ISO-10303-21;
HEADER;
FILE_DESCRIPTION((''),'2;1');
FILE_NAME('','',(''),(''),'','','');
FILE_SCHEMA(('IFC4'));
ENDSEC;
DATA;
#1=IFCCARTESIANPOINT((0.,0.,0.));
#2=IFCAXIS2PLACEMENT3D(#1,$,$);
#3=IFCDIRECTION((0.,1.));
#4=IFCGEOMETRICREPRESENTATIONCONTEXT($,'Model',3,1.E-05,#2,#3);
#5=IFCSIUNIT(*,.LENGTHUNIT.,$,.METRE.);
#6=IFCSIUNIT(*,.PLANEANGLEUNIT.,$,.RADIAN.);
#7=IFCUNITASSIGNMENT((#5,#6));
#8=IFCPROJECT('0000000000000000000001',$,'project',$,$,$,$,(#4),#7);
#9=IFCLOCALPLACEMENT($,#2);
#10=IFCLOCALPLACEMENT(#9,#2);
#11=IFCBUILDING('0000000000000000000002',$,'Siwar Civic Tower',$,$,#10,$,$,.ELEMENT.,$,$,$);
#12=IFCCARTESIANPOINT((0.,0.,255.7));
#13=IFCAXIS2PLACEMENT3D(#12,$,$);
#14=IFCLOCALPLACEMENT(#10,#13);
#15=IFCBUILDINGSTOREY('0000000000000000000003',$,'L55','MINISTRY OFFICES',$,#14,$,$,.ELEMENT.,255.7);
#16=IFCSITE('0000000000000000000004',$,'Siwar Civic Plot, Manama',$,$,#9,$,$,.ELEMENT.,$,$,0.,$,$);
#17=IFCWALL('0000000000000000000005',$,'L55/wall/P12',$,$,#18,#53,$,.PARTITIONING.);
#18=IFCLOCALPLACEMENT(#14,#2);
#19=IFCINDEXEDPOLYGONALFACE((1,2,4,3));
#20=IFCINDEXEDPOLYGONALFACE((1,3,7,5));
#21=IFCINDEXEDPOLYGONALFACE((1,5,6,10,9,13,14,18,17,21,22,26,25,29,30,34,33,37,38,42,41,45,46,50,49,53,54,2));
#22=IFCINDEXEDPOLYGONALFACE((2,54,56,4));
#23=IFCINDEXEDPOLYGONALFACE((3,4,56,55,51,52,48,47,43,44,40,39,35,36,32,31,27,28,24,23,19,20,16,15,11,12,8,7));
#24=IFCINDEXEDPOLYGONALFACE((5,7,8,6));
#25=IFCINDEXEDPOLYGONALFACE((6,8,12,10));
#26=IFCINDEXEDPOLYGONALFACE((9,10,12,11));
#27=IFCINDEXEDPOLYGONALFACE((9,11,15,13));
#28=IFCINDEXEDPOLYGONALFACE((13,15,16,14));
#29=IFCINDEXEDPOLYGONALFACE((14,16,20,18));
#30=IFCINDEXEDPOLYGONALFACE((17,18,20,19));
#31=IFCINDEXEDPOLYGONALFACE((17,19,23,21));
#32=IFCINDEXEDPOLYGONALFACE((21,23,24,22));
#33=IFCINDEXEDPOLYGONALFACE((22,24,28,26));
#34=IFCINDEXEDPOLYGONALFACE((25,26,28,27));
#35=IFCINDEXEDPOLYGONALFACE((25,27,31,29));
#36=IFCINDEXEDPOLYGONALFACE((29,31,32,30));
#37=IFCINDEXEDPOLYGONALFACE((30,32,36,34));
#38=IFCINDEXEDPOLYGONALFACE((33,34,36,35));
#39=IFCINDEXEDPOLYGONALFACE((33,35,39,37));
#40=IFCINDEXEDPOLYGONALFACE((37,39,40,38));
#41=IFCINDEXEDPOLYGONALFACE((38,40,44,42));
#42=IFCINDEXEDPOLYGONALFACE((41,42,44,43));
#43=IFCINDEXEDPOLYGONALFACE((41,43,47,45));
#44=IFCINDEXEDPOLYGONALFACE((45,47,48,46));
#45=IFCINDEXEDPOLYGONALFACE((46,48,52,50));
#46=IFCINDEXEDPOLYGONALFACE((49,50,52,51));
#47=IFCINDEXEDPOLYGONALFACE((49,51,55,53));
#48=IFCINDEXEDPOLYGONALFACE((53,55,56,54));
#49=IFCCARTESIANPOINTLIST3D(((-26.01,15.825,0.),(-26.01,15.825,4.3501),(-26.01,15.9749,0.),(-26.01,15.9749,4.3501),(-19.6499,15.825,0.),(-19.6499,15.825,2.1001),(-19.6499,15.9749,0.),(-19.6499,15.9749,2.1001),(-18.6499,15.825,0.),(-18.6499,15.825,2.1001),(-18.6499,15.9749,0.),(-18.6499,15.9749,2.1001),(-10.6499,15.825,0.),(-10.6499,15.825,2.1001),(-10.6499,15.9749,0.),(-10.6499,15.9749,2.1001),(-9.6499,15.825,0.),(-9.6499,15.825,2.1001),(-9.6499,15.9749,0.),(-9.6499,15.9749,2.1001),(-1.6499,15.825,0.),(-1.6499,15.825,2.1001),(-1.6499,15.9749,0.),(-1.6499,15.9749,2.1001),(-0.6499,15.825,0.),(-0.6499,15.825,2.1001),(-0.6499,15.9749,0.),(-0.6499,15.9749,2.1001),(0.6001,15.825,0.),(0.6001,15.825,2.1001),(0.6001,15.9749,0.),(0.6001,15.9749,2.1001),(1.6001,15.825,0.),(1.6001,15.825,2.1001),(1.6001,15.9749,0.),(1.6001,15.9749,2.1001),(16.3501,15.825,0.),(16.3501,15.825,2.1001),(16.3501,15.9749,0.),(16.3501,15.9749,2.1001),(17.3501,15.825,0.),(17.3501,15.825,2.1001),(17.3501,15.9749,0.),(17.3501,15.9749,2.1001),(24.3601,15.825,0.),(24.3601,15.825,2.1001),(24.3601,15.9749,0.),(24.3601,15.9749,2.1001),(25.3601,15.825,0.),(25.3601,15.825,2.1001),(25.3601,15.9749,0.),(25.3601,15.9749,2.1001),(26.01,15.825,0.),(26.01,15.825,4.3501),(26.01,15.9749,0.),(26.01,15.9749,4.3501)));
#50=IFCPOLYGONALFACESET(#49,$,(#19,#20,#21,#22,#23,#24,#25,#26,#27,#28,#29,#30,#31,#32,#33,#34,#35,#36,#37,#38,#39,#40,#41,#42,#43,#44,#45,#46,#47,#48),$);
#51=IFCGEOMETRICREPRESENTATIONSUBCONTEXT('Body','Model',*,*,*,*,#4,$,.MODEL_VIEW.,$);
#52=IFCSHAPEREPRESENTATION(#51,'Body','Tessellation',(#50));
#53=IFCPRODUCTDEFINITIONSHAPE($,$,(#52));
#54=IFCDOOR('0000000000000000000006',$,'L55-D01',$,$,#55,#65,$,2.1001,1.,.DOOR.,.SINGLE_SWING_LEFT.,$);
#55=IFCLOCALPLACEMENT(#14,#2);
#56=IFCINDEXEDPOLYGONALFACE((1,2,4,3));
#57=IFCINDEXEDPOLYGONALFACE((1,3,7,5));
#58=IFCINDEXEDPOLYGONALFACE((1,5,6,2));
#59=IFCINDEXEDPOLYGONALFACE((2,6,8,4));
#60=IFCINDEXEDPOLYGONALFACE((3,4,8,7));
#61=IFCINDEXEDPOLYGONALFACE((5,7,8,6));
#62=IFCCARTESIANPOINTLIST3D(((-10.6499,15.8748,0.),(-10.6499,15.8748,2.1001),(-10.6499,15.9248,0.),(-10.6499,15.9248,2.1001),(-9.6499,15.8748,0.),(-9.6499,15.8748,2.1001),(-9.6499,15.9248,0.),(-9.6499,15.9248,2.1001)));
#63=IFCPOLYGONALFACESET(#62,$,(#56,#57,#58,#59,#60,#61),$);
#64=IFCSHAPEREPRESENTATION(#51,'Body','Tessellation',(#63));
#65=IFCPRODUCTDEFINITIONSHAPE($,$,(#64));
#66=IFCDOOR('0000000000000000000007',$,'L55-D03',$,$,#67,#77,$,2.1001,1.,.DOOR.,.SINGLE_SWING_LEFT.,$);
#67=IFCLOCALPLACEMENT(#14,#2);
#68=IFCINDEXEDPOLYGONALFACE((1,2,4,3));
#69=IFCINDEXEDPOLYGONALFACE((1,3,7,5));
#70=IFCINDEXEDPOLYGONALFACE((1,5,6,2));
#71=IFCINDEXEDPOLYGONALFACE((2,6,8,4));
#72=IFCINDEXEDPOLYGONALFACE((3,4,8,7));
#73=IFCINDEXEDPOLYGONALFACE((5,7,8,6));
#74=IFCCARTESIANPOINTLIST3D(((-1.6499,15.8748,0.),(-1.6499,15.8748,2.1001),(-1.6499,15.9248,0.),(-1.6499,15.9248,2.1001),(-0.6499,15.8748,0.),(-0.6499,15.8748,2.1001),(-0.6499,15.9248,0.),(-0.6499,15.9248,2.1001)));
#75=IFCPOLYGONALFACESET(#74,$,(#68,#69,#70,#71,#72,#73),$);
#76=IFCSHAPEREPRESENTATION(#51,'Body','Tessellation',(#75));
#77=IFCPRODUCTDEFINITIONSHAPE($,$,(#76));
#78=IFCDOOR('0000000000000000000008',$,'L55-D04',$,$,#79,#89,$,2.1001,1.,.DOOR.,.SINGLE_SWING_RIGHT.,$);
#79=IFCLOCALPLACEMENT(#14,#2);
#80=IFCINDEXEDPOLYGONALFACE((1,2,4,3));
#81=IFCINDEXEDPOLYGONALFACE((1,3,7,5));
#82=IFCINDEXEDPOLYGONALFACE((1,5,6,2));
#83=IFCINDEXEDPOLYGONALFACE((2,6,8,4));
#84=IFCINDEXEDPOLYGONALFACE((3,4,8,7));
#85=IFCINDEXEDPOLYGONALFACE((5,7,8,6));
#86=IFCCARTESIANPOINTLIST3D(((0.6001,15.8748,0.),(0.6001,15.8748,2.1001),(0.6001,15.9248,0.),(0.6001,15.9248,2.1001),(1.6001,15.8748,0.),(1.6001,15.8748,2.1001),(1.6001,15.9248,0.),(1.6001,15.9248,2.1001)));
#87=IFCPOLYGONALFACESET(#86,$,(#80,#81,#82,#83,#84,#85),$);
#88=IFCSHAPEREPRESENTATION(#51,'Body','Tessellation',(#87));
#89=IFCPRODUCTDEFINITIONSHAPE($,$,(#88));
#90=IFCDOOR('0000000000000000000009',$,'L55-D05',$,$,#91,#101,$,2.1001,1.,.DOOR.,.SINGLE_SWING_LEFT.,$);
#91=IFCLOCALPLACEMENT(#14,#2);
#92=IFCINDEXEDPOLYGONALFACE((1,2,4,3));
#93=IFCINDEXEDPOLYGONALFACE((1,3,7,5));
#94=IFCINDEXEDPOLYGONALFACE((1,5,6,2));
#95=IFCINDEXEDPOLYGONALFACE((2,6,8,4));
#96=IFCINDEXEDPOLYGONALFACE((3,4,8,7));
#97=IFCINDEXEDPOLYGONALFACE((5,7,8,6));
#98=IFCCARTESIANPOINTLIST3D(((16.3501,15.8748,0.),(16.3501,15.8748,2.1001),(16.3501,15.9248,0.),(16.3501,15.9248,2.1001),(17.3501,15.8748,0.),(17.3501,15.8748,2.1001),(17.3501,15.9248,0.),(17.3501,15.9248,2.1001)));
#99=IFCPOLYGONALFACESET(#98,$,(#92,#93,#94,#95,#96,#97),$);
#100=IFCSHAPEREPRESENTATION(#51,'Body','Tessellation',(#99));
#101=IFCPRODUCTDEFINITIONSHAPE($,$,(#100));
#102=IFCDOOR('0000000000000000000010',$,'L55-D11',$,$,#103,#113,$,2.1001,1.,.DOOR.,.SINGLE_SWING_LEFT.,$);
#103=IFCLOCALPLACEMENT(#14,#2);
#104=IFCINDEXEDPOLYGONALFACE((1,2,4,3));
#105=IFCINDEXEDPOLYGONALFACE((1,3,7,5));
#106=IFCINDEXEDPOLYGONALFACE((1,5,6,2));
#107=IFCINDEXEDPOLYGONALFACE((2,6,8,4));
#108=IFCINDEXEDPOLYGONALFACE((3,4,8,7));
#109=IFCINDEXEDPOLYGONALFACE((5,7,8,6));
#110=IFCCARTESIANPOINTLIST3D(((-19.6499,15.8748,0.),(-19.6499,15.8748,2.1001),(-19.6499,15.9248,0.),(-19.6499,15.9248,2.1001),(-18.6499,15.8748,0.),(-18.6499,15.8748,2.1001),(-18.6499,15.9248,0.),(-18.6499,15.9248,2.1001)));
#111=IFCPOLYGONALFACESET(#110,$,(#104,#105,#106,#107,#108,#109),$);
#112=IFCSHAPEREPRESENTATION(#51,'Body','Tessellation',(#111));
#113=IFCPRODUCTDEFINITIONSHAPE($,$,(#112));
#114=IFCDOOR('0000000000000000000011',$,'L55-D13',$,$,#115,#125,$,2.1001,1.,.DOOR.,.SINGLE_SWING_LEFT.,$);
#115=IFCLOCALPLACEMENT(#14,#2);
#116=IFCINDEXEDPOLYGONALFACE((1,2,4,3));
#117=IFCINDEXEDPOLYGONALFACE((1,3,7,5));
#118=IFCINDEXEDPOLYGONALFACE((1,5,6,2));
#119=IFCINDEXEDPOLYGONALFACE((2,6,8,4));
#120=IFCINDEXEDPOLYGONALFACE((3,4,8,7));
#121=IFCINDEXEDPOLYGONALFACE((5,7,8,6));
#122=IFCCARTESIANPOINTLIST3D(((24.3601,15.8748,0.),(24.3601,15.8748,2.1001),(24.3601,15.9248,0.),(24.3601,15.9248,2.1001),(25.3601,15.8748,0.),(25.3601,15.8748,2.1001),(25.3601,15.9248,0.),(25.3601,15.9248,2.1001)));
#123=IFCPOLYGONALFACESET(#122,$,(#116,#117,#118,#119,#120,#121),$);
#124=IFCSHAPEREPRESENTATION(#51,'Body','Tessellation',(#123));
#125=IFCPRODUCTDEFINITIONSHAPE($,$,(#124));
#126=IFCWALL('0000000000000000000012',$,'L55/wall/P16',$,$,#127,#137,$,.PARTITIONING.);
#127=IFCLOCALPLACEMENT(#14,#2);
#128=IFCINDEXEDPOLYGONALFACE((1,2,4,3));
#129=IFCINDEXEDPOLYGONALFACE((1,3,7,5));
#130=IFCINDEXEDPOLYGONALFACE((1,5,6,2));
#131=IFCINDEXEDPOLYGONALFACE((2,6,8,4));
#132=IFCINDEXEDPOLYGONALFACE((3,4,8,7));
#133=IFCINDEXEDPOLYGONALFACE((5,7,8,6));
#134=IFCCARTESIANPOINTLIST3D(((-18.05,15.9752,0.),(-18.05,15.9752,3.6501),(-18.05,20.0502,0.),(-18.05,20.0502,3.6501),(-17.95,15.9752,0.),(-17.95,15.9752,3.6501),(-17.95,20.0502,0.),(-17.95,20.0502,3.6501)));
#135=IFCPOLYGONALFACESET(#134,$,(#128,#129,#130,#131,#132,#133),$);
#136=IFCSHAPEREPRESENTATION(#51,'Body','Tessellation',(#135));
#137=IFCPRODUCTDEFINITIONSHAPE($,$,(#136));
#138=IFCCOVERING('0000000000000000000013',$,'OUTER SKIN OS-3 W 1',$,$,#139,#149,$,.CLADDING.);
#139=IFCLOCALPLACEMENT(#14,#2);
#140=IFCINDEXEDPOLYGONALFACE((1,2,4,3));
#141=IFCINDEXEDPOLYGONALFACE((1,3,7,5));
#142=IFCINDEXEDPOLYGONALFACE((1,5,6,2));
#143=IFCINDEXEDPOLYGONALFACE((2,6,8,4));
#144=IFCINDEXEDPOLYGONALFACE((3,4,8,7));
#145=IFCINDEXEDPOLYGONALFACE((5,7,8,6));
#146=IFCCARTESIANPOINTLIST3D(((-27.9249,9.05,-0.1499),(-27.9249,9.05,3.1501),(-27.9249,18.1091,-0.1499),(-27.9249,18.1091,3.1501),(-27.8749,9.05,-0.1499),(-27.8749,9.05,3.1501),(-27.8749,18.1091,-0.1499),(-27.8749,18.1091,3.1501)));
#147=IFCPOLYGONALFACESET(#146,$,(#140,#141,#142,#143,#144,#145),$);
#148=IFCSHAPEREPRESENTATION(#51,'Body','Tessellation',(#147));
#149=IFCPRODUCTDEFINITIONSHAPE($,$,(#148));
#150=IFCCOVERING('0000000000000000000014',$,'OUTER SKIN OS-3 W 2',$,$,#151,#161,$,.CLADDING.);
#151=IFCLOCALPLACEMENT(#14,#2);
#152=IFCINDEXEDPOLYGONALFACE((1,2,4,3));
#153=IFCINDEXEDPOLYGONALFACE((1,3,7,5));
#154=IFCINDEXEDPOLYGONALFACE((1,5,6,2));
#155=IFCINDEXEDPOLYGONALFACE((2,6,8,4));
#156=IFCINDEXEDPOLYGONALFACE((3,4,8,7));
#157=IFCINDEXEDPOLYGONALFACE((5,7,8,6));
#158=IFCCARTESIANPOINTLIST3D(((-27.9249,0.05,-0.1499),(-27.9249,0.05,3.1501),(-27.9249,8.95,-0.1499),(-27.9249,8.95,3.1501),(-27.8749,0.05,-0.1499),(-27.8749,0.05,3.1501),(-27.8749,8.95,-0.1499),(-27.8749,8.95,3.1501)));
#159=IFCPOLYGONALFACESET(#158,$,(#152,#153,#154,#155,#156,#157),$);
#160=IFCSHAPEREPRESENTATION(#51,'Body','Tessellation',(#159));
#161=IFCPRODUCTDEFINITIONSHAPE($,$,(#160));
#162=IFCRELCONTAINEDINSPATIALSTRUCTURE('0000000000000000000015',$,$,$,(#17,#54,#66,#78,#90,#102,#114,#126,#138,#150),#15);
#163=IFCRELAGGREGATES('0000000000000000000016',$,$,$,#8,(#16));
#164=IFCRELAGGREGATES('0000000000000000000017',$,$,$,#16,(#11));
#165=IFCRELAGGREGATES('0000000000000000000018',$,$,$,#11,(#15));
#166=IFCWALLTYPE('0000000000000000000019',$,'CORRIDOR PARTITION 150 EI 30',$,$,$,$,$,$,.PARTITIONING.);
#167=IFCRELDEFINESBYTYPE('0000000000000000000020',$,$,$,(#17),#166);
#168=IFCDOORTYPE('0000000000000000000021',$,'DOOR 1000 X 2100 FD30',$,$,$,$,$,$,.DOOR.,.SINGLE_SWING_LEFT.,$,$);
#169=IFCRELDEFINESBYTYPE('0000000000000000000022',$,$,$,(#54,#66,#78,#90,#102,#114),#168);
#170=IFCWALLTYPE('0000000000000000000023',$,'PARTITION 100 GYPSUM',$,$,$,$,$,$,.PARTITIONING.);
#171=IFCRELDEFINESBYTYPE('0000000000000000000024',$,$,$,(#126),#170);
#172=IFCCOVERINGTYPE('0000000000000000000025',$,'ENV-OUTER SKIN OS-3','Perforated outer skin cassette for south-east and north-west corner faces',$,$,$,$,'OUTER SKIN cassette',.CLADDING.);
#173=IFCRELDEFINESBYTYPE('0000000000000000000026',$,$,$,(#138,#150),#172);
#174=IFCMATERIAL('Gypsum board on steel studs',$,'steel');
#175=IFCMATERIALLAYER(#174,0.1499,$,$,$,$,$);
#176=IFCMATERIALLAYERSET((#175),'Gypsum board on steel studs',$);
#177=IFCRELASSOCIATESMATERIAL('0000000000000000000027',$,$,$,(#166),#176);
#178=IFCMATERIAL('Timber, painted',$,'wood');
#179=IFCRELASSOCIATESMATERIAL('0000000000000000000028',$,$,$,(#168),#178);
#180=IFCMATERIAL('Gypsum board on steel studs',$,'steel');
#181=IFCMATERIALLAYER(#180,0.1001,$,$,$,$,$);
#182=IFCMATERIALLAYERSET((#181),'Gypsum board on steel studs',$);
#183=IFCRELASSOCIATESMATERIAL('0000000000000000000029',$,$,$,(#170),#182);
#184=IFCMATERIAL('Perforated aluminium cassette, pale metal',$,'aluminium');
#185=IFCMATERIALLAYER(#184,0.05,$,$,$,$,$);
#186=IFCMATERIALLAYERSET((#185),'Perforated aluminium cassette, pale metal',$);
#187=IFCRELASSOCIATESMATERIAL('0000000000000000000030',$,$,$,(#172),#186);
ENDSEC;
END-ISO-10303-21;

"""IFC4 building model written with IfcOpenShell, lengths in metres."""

from ifc_helpers import new_model, si_unit, direction, frame, frame_2d, origin, origin_2d, place, context, subcontext, project, spatial, rectangle, extrude, material, layer, layer_set, type_object, element, fill, save


model = new_model("IFC4")

# Units and contexts
model_context = context("Model", 3, precision=1e-05, world=origin(), true_north=direction((0.0, 1.0)))
body_context = subcontext(model_context, "Body", "Model", "MODEL_VIEW")
ifc_project = project(units=[si_unit("LENGTHUNIT", "METRE"), si_unit("PLANEANGLEUNIT", "RADIAN")], contexts=[model_context])

# Site, building, storey
site_placement = place(None, origin())
site = spatial("IfcSite", under=ifc_project, at=site_placement, Name="Siwar Civic Plot, Manama", CompositionType="ELEMENT", RefElevation=0.0)
building_placement = place(site_placement, origin())
building = spatial("IfcBuilding", under=site, at=building_placement, Name="Siwar Civic Tower", CompositionType="ELEMENT")
storey_placement = place(building_placement, frame((0.0, 0.0, 255.7)))
storey = spatial("IfcBuildingStorey", under=building, at=storey_placement, Name="L55", Description="MINISTRY OFFICES", CompositionType="ELEMENT", Elevation=255.7)

# Shared definitions
ifc_material_1 = material(Name="Gypsum board on steel studs", Category="steel")
ifc_layer_1 = layer(ifc_material_1, 0.1499)
ifc_layer_set_1 = layer_set([ifc_layer_1], Name="Gypsum board on steel studs")
wall_type_1 = type_object("IfcWallType", Name="CORRIDOR PARTITION 150 EI 30", PredefinedType="PARTITIONING", material=ifc_layer_set_1)

# Wall, openings, doors
wall_1_placement = place(storey_placement, frame((-26.01, 15.8999, 0.0), z_axis=(0.0, 0.0, 1.0), x_axis=(1.0, 0.0, 0.0)))
wall_1 = element("IfcWall", 1, at=wall_1_placement, inside=storey, type_object=wall_type_1, Name="L55/wall/P12", PredefinedType="PARTITIONING", context=body_context, shape_type="SweptSolid", body=[
    extrude(rectangle(XDim=52.02, YDim=0.1499, at=frame_2d((26.01, 0.0))), origin(), (0.0, 0.0, 1.0), 4.3501),
])
opening_1_placement = place(wall_1_placement, frame((15.3601, 0.0, 0.0)))
opening_1 = element("IfcOpeningElement", 2, at=opening_1_placement, cuts=wall_1, PredefinedType="OPENING", context=body_context, shape_type="SweptSolid", body=[
    extrude(rectangle(XDim=1.0, YDim=2.1001, at=frame_2d((0.5, 1.05))), frame((0.0, 0.085, 0.0), z_axis=(0.0, -1.0, 0.0), x_axis=(1.0, 0.0, 0.0)), (0.0, 0.0, 1.0), 0.1699),
])
opening_2_placement = place(wall_1_placement, frame((24.3601, 0.0, 0.0)))
opening_2 = element("IfcOpeningElement", 3, at=opening_2_placement, cuts=wall_1, PredefinedType="OPENING", context=body_context, shape_type="SweptSolid", body=[
    extrude(rectangle(XDim=1.0, YDim=2.1001, at=frame_2d((0.5, 1.05))), frame((0.0, 0.085, 0.0), z_axis=(0.0, -1.0, 0.0), x_axis=(1.0, 0.0, 0.0)), (0.0, 0.0, 1.0), 0.1699),
])
opening_3_placement = place(wall_1_placement, frame((26.6101, 0.0, 0.0)))
opening_3 = element("IfcOpeningElement", 4, at=opening_3_placement, cuts=wall_1, PredefinedType="OPENING", context=body_context, shape_type="SweptSolid", body=[
    extrude(rectangle(XDim=1.0, YDim=2.1001, at=frame_2d((0.5, 1.05))), frame((0.0, 0.085, 0.0), z_axis=(0.0, -1.0, 0.0), x_axis=(1.0, 0.0, 0.0)), (0.0, 0.0, 1.0), 0.1699),
])
opening_4_placement = place(wall_1_placement, frame((42.3601, 0.0, 0.0)))
opening_4 = element("IfcOpeningElement", 5, at=opening_4_placement, cuts=wall_1, PredefinedType="OPENING", context=body_context, shape_type="SweptSolid", body=[
    extrude(rectangle(XDim=1.0, YDim=2.1001, at=frame_2d((0.5, 1.05))), frame((0.0, 0.085, 0.0), z_axis=(0.0, -1.0, 0.0), x_axis=(1.0, 0.0, 0.0)), (0.0, 0.0, 1.0), 0.1699),
])
opening_5_placement = place(wall_1_placement, frame((6.3601, 0.0, 0.0)))
opening_5 = element("IfcOpeningElement", 6, at=opening_5_placement, cuts=wall_1, PredefinedType="OPENING", context=body_context, shape_type="SweptSolid", body=[
    extrude(rectangle(XDim=1.0, YDim=2.1001, at=frame_2d((0.5, 1.05))), frame((0.0, 0.085, 0.0), z_axis=(0.0, -1.0, 0.0), x_axis=(1.0, 0.0, 0.0)), (0.0, 0.0, 1.0), 0.1699),
])
opening_6_placement = place(wall_1_placement, frame((50.3701, 0.0, 0.0)))
opening_6 = element("IfcOpeningElement", 7, at=opening_6_placement, cuts=wall_1, PredefinedType="OPENING", context=body_context, shape_type="SweptSolid", body=[
    extrude(rectangle(XDim=1.0, YDim=2.1001, at=frame_2d((0.5, 1.05))), frame((0.0, 0.085, 0.0), z_axis=(0.0, -1.0, 0.0), x_axis=(1.0, 0.0, 0.0)), (0.0, 0.0, 1.0), 0.1699),
])
ifc_material_2 = material(Name="Timber, painted", Category="wood")
door_type = type_object("IfcDoorType", Name="DOOR 1000 X 2100 FD30", OperationType="SINGLE_SWING_LEFT", PredefinedType="DOOR", material=ifc_material_2)
door_1_placement = place(opening_1_placement, origin())
door_1 = element("IfcDoor", 8, at=door_1_placement, inside=storey, type_object=door_type, Name="L55-D01", OperationType="SINGLE_SWING_LEFT", OverallHeight=2.1001, OverallWidth=1.0, PredefinedType="DOOR", context=body_context, shape_type="SweptSolid", body=[
    extrude(rectangle(XDim=1.0, YDim=2.1001, at=frame_2d((0.5, 1.05))), frame((0.0, 0.0249, 0.0), z_axis=(0.0, -1.0, 0.0), x_axis=(1.0, 0.0, 0.0)), (0.0, 0.0, 1.0), 0.05),
])
fill(opening_1, door_1)
door_2_placement = place(opening_2_placement, origin())
door_2 = element("IfcDoor", 9, at=door_2_placement, inside=storey, type_object=door_type, Name="L55-D03", OperationType="SINGLE_SWING_LEFT", OverallHeight=2.1001, OverallWidth=1.0, PredefinedType="DOOR", context=body_context, shape_type="SweptSolid", body=[
    extrude(rectangle(XDim=1.0, YDim=2.1001, at=frame_2d((0.5, 1.05))), frame((0.0, 0.0249, 0.0), z_axis=(0.0, -1.0, 0.0), x_axis=(1.0, 0.0, 0.0)), (0.0, 0.0, 1.0), 0.05),
])
fill(opening_2, door_2)
door_3_placement = place(opening_3_placement, origin())
door_3 = element("IfcDoor", 10, at=door_3_placement, inside=storey, type_object=door_type, Name="L55-D04", OperationType="SINGLE_SWING_RIGHT", OverallHeight=2.1001, OverallWidth=1.0, PredefinedType="DOOR", context=body_context, shape_type="SweptSolid", body=[
    extrude(rectangle(XDim=1.0, YDim=2.1001, at=frame_2d((0.5, 1.05))), frame((0.0, 0.0249, 0.0), z_axis=(0.0, -1.0, 0.0), x_axis=(1.0, 0.0, 0.0)), (0.0, 0.0, 1.0), 0.05),
])
fill(opening_3, door_3)
door_4_placement = place(opening_4_placement, origin())
door_4 = element("IfcDoor", 11, at=door_4_placement, inside=storey, type_object=door_type, Name="L55-D05", OperationType="SINGLE_SWING_LEFT", OverallHeight=2.1001, OverallWidth=1.0, PredefinedType="DOOR", context=body_context, shape_type="SweptSolid", body=[
    extrude(rectangle(XDim=1.0, YDim=2.1001, at=frame_2d((0.5, 1.05))), frame((0.0, 0.0249, 0.0), z_axis=(0.0, -1.0, 0.0), x_axis=(1.0, 0.0, 0.0)), (0.0, 0.0, 1.0), 0.05),
])
fill(opening_4, door_4)
door_5_placement = place(opening_5_placement, origin())
door_5 = element("IfcDoor", 12, at=door_5_placement, inside=storey, type_object=door_type, Name="L55-D11", OperationType="SINGLE_SWING_LEFT", OverallHeight=2.1001, OverallWidth=1.0, PredefinedType="DOOR", context=body_context, shape_type="SweptSolid", body=[
    extrude(rectangle(XDim=1.0, YDim=2.1001, at=frame_2d((0.5, 1.05))), frame((0.0, 0.0249, 0.0), z_axis=(0.0, -1.0, 0.0), x_axis=(1.0, 0.0, 0.0)), (0.0, 0.0, 1.0), 0.05),
])
fill(opening_5, door_5)
door_6_placement = place(opening_6_placement, origin())
door_6 = element("IfcDoor", 13, at=door_6_placement, inside=storey, type_object=door_type, Name="L55-D13", OperationType="SINGLE_SWING_LEFT", OverallHeight=2.1001, OverallWidth=1.0, PredefinedType="DOOR", context=body_context, shape_type="SweptSolid", body=[
    extrude(rectangle(XDim=1.0, YDim=2.1001, at=frame_2d((0.5, 1.05))), frame((0.0, 0.0249, 0.0), z_axis=(0.0, -1.0, 0.0), x_axis=(1.0, 0.0, 0.0)), (0.0, 0.0, 1.0), 0.05),
])
fill(opening_6, door_6)

# Wall
ifc_material_3 = material(Name="Gypsum board on steel studs", Category="steel")
ifc_layer_2 = layer(ifc_material_3, 0.1001)
ifc_layer_set_2 = layer_set([ifc_layer_2], Name="Gypsum board on steel studs")
wall_type_2 = type_object("IfcWallType", Name="PARTITION 100 GYPSUM", PredefinedType="PARTITIONING", material=ifc_layer_set_2)
wall_2_placement = place(storey_placement, frame((-18.0, 15.9751, 0.0), z_axis=(0.0, 0.0, 1.0), x_axis=(0.0, 1.0, 0.0)))
element("IfcWall", 14, at=wall_2_placement, inside=storey, type_object=wall_type_2, Name="L55/wall/P16", PredefinedType="PARTITIONING", context=body_context, shape_type="SweptSolid", body=[
    extrude(rectangle(XDim=4.075, YDim=0.1001, at=frame_2d((2.0376, 0.0))), origin(), (0.0, 0.0, 1.0), 3.6501),
])

# Coverings
ifc_material_4 = material(Name="Perforated aluminium cassette, pale metal", Category="aluminium")
ifc_layer_3 = layer(ifc_material_4, 0.05)
ifc_layer_set_3 = layer_set([ifc_layer_3], Name="Perforated aluminium cassette, pale metal")
covering_type = type_object("IfcCoveringType", Name="ENV-OUTER SKIN OS-3", Description="Perforated outer skin cassette for south-east and north-west corner faces", ElementType="OUTER SKIN cassette", PredefinedType="CLADDING", material=ifc_layer_set_3)
covering_1_placement = place(storey_placement, frame((-27.8999, 13.5796, -0.1499), z_axis=(0.0, 0.0, 1.0), x_axis=(0.0, -1.0, 0.0)))
element("IfcCovering", 15, at=covering_1_placement, inside=storey, type_object=covering_type, Name="OUTER SKIN OS-3 W 1", PredefinedType="CLADDING", context=body_context, shape_type="SweptSolid", body=[
    extrude(rectangle(XDim=9.0591, YDim=0.05, at=origin_2d()), origin(), (0.0, 0.0, 1.0), 3.3),
])
covering_2_placement = place(storey_placement, frame((-27.8999, 4.5, -0.1499), z_axis=(0.0, 0.0, 1.0), x_axis=(0.0, -1.0, 0.0)))
element("IfcCovering", 16, at=covering_2_placement, inside=storey, type_object=covering_type, Name="OUTER SKIN OS-3 W 2", PredefinedType="CLADDING", context=body_context, shape_type="SweptSolid", body=[
    extrude(rectangle(XDim=8.8999, YDim=0.05, at=origin_2d()), origin(), (0.0, 0.0, 1.0), 3.3),
])

save(model, "model.ifc")
